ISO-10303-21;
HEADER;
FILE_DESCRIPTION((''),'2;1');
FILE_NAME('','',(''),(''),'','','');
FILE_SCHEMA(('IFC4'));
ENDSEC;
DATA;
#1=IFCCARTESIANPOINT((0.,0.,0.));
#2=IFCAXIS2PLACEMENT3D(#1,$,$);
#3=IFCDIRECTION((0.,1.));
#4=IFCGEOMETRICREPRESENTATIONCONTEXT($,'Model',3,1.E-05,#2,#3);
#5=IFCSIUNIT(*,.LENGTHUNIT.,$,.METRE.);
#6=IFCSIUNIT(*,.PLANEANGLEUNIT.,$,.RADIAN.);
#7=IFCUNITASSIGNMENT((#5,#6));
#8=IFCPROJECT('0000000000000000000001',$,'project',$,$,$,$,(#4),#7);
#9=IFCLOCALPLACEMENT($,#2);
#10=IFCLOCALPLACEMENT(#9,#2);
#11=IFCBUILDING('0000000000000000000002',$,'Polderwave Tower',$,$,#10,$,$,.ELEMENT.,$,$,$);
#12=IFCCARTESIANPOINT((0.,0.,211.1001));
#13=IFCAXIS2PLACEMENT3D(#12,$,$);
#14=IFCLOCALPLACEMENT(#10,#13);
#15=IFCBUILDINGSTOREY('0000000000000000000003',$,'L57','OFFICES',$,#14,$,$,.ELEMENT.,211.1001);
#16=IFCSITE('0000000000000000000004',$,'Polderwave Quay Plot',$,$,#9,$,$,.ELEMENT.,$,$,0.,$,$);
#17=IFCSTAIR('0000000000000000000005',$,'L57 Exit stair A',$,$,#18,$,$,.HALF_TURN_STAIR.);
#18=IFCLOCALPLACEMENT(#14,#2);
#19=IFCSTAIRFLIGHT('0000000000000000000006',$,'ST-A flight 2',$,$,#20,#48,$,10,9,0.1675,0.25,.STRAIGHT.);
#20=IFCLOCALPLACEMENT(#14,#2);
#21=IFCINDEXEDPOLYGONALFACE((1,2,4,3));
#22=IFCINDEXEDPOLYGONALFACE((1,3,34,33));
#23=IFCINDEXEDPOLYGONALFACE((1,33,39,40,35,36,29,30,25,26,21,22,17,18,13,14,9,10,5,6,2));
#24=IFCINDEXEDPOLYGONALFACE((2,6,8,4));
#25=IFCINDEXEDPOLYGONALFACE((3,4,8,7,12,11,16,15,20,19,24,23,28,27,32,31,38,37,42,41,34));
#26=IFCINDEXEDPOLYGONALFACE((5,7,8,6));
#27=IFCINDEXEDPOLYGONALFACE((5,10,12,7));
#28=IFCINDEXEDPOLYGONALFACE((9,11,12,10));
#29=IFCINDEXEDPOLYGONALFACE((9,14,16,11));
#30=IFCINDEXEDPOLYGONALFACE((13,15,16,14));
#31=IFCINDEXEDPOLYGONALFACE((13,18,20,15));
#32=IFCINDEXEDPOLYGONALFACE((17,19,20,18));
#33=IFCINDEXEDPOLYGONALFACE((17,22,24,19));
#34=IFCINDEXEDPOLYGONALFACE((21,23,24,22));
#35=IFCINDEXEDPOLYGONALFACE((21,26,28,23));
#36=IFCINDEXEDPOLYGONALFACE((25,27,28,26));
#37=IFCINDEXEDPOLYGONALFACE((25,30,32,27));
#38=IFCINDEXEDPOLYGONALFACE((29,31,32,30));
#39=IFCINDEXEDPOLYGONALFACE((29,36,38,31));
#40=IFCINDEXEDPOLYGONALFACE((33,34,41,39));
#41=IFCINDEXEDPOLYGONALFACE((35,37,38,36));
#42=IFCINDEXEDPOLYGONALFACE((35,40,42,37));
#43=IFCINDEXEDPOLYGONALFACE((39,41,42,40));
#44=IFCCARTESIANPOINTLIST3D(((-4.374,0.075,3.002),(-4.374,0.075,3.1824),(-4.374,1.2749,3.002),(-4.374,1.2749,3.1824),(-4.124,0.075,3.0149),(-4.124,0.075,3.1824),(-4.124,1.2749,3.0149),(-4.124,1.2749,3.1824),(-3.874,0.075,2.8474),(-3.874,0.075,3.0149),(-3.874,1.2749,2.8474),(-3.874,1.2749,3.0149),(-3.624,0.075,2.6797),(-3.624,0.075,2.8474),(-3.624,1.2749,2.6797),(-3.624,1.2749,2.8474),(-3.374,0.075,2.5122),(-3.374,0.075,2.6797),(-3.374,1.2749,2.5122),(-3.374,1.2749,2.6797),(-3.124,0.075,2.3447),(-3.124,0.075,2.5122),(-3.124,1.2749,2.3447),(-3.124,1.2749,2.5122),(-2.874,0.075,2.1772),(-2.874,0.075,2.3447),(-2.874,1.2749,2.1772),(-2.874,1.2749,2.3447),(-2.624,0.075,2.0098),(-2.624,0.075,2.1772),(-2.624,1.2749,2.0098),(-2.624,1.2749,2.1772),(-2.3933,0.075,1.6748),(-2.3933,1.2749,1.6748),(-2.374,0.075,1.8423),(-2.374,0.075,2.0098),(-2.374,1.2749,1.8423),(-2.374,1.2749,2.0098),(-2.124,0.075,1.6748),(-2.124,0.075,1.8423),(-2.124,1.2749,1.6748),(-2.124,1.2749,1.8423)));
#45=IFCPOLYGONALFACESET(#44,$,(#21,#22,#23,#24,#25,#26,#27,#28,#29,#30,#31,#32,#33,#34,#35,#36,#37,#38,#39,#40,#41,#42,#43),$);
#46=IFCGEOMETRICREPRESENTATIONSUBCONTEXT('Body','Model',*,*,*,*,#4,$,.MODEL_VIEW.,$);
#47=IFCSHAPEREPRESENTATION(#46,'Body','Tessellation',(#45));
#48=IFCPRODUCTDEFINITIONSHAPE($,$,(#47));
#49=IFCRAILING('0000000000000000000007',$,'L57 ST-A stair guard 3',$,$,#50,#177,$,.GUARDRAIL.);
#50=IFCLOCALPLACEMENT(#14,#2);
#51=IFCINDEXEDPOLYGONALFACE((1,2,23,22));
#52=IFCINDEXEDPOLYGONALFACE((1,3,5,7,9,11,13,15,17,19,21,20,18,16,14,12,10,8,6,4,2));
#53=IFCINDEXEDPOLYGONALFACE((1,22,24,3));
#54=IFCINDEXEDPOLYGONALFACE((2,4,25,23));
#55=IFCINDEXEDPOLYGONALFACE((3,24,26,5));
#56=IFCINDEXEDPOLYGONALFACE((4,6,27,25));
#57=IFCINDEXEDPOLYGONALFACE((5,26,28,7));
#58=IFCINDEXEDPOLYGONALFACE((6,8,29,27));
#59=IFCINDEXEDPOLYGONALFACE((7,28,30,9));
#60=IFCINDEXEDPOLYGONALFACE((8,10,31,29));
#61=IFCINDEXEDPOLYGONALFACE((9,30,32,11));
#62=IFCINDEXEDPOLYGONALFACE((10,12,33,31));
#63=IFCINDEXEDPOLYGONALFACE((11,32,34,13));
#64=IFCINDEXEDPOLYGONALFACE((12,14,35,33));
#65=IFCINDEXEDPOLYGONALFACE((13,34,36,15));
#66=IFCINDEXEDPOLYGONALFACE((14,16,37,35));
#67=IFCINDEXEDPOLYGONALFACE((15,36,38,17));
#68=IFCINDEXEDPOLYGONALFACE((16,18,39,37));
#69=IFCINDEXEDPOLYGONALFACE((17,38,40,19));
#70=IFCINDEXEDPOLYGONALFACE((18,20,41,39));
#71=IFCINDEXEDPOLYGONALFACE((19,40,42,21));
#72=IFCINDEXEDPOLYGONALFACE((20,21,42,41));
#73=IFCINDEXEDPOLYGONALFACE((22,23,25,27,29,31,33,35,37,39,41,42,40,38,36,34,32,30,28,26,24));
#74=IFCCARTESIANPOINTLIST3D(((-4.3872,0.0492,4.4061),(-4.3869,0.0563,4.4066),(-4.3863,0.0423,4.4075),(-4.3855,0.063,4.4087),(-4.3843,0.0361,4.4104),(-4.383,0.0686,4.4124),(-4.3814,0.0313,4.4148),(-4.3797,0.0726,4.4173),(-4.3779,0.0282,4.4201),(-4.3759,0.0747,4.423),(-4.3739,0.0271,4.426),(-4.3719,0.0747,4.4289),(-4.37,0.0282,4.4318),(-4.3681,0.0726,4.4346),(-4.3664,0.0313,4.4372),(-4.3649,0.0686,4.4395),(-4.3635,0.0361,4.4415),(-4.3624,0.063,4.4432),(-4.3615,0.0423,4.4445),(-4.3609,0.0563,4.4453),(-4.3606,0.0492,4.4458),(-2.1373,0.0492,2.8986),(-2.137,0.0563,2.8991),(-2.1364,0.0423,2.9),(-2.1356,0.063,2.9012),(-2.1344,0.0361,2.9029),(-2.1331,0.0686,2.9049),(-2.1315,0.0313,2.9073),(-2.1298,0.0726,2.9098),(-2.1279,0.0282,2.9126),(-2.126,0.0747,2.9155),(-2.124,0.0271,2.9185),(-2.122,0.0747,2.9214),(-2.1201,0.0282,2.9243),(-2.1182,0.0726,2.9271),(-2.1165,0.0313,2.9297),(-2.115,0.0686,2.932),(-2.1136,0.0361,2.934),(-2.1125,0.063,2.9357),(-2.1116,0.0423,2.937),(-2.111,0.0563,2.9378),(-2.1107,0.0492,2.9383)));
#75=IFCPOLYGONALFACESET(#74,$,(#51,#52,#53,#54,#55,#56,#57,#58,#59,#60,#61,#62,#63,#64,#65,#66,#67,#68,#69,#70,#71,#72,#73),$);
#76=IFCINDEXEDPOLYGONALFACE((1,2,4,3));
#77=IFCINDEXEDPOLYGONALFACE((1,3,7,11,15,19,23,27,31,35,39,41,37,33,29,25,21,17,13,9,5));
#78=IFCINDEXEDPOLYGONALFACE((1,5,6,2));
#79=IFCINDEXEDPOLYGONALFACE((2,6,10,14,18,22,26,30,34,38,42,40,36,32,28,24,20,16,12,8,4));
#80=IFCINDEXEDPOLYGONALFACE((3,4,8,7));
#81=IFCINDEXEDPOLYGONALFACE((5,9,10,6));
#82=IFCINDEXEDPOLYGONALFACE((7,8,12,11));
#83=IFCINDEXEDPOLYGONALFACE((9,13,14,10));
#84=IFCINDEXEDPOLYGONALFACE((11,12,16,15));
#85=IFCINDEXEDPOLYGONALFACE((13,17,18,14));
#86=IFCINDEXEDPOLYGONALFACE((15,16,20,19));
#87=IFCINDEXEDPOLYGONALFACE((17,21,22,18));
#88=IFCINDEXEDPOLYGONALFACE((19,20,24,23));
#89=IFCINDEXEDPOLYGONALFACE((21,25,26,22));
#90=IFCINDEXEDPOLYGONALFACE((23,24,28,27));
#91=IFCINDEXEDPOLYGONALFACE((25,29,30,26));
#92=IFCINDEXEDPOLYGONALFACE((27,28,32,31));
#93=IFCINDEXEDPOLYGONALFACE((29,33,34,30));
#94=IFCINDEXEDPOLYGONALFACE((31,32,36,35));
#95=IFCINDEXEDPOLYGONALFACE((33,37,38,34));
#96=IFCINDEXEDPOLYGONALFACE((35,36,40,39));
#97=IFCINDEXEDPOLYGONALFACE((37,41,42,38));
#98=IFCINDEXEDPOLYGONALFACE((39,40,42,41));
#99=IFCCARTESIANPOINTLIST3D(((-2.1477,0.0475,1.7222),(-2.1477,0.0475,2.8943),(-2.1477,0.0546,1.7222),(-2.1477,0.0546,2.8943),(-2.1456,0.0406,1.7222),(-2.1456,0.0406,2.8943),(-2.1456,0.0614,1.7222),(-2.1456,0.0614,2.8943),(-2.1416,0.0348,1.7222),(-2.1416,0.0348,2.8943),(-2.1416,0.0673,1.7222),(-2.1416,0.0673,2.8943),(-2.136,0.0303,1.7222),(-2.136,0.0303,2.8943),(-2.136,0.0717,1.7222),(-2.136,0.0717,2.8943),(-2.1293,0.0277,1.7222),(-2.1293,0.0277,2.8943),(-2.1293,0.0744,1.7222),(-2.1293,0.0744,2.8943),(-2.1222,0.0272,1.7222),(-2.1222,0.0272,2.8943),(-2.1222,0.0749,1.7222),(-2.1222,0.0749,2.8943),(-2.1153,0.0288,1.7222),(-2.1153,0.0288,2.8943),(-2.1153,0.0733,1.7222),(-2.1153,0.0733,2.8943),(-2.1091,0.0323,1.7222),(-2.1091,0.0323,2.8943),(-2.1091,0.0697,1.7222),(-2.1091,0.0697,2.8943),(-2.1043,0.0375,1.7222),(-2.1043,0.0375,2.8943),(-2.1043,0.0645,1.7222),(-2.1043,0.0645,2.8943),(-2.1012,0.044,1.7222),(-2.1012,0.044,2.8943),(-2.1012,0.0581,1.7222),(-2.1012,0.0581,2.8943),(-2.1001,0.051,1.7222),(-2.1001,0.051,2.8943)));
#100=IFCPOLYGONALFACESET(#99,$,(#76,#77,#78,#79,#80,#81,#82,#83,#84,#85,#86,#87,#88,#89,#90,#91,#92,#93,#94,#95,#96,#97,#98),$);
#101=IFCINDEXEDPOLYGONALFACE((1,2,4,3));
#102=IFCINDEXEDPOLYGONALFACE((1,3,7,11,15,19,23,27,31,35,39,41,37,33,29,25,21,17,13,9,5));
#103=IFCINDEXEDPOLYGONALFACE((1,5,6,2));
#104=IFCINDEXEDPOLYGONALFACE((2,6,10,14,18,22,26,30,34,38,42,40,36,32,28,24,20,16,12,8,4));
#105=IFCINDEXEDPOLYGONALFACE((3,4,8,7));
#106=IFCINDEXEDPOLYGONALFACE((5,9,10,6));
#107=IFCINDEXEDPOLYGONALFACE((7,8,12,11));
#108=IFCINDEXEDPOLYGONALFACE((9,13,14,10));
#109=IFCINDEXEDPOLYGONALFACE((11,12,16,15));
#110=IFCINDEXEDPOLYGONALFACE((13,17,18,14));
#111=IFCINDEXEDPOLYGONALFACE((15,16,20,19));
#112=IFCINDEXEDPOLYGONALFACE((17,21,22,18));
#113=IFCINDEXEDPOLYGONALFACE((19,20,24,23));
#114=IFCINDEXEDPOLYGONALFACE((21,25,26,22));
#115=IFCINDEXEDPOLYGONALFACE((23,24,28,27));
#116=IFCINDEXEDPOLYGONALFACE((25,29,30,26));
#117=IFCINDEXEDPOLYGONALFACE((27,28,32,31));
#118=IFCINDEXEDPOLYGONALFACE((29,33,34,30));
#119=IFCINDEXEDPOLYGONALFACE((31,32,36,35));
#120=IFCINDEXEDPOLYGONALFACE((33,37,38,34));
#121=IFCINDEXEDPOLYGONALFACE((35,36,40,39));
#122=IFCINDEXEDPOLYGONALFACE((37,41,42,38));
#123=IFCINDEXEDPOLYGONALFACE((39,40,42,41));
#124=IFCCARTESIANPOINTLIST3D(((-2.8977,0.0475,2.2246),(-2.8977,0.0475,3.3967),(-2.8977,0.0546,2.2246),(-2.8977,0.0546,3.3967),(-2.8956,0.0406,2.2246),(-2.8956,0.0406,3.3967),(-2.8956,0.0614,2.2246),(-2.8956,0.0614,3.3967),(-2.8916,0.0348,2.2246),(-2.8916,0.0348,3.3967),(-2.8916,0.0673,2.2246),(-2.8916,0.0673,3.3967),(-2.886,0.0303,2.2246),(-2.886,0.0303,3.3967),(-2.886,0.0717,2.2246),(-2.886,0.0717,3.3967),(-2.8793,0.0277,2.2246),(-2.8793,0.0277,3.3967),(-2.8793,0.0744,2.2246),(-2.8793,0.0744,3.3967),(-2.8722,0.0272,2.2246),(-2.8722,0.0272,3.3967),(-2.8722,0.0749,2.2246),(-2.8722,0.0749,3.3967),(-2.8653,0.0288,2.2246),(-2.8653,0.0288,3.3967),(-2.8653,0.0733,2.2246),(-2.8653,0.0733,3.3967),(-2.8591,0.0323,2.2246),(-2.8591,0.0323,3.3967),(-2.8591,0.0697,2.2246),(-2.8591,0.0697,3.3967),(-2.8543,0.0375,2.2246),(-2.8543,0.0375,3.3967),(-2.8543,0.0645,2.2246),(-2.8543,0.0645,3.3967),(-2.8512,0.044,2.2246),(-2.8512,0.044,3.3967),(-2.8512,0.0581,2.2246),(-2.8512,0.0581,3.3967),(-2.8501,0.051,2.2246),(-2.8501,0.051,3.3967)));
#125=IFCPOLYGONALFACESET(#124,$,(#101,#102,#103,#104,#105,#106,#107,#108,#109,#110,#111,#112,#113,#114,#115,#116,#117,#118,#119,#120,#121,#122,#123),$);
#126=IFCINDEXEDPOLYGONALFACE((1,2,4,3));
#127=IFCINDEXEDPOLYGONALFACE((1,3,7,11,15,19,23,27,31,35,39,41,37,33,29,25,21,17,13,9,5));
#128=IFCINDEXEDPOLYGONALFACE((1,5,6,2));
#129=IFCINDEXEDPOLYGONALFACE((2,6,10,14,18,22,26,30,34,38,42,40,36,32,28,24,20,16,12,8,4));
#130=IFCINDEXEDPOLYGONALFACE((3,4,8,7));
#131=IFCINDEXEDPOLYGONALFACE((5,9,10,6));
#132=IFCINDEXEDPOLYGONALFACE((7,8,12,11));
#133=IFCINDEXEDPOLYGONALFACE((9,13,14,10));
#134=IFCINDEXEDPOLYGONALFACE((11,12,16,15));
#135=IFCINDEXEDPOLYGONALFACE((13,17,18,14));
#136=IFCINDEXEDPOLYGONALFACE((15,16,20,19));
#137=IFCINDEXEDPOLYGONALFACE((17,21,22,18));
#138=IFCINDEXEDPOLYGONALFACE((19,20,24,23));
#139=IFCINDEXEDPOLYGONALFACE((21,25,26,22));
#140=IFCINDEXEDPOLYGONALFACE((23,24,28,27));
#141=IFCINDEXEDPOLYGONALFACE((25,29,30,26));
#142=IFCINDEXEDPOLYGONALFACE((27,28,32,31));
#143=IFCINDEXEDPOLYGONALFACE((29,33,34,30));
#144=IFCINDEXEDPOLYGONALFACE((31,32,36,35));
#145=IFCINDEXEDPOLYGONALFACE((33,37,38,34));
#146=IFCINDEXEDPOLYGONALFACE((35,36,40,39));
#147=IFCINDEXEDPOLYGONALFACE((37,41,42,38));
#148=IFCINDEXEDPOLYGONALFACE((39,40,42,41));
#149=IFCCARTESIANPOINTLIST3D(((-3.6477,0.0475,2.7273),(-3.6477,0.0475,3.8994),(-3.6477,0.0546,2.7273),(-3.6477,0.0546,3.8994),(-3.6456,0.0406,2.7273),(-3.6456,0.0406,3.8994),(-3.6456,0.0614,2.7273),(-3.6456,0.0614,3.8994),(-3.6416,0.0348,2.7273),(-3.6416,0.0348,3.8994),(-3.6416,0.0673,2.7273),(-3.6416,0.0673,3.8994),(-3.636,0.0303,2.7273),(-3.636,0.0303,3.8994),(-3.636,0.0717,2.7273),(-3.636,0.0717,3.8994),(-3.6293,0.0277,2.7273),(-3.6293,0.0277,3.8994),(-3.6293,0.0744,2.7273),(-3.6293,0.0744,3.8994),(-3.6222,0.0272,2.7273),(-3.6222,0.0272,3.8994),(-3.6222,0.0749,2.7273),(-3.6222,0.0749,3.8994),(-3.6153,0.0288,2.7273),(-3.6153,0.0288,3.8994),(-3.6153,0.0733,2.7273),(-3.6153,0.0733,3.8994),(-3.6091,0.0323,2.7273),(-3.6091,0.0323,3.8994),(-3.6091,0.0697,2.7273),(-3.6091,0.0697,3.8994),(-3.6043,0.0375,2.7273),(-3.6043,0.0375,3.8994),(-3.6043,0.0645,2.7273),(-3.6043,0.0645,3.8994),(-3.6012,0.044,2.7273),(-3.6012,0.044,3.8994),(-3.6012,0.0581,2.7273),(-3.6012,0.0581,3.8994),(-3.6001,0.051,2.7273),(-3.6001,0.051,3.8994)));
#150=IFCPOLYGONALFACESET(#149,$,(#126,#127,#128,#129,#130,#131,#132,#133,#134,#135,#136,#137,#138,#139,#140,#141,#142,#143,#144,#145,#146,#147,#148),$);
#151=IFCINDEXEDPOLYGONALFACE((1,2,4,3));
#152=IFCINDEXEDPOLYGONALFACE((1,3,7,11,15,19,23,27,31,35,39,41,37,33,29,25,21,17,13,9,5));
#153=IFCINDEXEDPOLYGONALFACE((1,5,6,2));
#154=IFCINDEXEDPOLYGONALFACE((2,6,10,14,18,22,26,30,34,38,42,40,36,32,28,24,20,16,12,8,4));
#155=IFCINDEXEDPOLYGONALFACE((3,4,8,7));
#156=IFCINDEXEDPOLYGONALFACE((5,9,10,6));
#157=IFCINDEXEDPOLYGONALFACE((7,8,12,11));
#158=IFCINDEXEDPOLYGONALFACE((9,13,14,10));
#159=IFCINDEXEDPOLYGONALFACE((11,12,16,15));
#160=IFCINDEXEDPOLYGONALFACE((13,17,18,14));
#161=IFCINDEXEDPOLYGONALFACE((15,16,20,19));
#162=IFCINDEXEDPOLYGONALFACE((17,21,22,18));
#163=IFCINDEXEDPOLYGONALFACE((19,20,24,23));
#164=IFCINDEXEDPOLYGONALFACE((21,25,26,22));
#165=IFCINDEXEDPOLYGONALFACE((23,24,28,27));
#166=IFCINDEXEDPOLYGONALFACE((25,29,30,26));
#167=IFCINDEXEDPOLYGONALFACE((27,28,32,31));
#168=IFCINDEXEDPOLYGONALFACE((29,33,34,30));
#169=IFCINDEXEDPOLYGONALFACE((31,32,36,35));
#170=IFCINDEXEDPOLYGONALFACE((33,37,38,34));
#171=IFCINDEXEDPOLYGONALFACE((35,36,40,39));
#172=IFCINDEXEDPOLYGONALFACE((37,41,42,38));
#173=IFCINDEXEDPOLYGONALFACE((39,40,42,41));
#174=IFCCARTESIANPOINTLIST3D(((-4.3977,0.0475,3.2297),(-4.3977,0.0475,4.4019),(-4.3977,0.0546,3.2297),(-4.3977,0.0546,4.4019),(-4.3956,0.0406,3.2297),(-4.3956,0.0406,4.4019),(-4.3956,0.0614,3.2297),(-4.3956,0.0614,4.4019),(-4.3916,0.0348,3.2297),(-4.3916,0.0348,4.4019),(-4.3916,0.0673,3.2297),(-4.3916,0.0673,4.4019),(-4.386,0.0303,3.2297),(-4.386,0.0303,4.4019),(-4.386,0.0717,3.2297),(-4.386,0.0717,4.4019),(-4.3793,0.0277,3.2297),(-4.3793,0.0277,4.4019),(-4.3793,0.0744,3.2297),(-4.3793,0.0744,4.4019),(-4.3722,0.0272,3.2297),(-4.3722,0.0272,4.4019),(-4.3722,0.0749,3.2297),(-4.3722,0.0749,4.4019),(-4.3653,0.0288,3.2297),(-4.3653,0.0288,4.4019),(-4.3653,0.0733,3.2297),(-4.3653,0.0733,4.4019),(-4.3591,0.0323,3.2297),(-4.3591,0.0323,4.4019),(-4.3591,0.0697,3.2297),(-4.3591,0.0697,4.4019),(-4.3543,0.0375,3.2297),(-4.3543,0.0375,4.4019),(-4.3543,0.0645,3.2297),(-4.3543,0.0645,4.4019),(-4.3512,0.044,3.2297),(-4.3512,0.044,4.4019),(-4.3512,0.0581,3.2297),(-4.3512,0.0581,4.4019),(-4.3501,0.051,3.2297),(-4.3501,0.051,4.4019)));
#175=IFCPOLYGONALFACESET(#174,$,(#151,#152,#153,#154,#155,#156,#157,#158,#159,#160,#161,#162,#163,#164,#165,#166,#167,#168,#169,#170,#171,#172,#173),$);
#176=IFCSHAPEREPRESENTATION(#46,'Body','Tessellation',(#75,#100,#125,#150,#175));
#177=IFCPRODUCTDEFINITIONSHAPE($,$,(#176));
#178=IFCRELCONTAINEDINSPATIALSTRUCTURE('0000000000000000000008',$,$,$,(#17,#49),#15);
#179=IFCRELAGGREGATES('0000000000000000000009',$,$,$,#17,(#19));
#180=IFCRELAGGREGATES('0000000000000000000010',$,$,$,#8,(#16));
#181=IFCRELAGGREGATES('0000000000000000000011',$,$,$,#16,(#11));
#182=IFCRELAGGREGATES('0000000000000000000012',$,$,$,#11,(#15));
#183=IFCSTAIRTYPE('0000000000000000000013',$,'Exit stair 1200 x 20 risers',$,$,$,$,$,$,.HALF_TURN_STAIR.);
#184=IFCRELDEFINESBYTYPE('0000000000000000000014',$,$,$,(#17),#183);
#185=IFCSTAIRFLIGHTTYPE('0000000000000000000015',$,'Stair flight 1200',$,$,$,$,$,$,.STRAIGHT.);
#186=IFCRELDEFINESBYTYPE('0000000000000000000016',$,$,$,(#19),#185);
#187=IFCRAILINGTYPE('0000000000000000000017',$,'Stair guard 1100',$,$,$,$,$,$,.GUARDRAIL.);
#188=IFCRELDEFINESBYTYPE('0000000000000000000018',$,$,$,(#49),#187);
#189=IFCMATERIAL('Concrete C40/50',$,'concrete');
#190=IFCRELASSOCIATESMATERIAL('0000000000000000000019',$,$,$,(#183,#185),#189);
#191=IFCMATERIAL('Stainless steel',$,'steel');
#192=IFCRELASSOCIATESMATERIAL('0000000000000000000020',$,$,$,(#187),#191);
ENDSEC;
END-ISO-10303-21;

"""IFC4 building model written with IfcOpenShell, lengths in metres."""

from ifc_helpers import new_model, si_unit, direction, frame, origin, origin_2d, place, context, subcontext, project, spatial, polyline, circle, outline, extrude, material, type_object, element, aggregate, save


model = new_model("IFC4")

# Units and contexts
model_context = context("Model", 3, precision=1e-05, world=origin(), true_north=direction((0.0, 1.0)))
body_context = subcontext(model_context, "Body", "Model", "MODEL_VIEW")
ifc_project = project(units=[si_unit("LENGTHUNIT", "METRE"), si_unit("PLANEANGLEUNIT", "RADIAN")], contexts=[model_context])

# Site, building, storey
site_placement = place(None, origin())
site = spatial("IfcSite", under=ifc_project, at=site_placement, Name="Polderwave Quay Plot", CompositionType="ELEMENT", RefElevation=0.0)
building_placement = place(site_placement, origin())
building = spatial("IfcBuilding", under=site, at=building_placement, Name="Polderwave Tower", CompositionType="ELEMENT")
storey_placement = place(building_placement, frame((0.0, 0.0, 211.1001)))
storey = spatial("IfcBuildingStorey", under=building, at=storey_placement, Name="L57", Description="OFFICES", CompositionType="ELEMENT", Elevation=211.1001)

# Shared definitions
ifc_material_1 = material(Name="Concrete C40/50", Category="concrete")

# Stair
stair_type = type_object("IfcStairType", Name="Exit stair 1200 x 20 risers", PredefinedType="HALF_TURN_STAIR", material=ifc_material_1)
stair_1_placement = place(storey_placement, origin())
stair_1 = element("IfcStair", 1, at=stair_1_placement, inside=storey, type_object=stair_type, Name="L57 Exit stair A", PredefinedType="HALF_TURN_STAIR")

# Shared definitions
ifc_material_2 = material(Name="Stainless steel", Category="steel")

# Stair flight
stair_flight_type = type_object("IfcStairFlightType", Name="Stair flight 1200", PredefinedType="STRAIGHT", material=ifc_material_1)
stair_flight_placement = place(storey_placement, frame((-2.124, 0.675, 1.6748), z_axis=(0.0, 0.0, 1.0), x_axis=(-1.0, 0.0, 0.0)))
stair_flight = element("IfcStairFlight", 2, at=stair_flight_placement, type_object=stair_flight_type, Name="ST-A flight 2", NumberOfRisers=10, NumberOfTreads=9, PredefinedType="STRAIGHT", RiserHeight=0.1675, TreadLength=0.25, context=body_context, shape_type="SweptSolid", body=[
    extrude(outline(polyline([(0.0, 0.0), (0.0, 0.1675), (0.25, 0.1675), (0.25, 0.335), (0.5, 0.335), (0.5, 0.5024), (0.75, 0.5024), (0.75, 0.6699), (1.0, 0.6699), (1.0, 0.8374), (1.25, 0.8374), (1.25, 1.0049), (1.5, 1.0049), (1.5, 1.1726), (1.75, 1.1726), (1.75, 1.3401), (2.0, 1.3401), (2.0, 1.5076), (2.25, 1.5076), (2.25, 1.675), (2.25, 1.3271), (0.2693, 0.0), (0.0, 0.0)])), frame((0.0, 0.6001, 0.0), z_axis=(0.0, -1.0, 0.0), x_axis=(1.0, 0.0, 0.0)), (0.0, 0.0, 1.0), 1.2),
])
aggregate(stair_1, [stair_flight])

# Railing
railing_type_1 = type_object("IfcRailingType", Name="Stair guard 1100", PredefinedType="GUARDRAIL", material=ifc_material_2)
railing_1_placement = place(storey_placement, frame((-2.124, 0.051, 1.7222)))
element("IfcRailing", 3, at=railing_1_placement, inside=storey, type_object=railing_type_1, Name="L57 ST-A stair guard 3", PredefinedType="GUARDRAIL", context=body_context, shape_type="SweptSolid", body=[
    extrude(circle(Radius=0.0239, at=origin_2d()), frame((0.0, 0.0, 1.1963), z_axis=(-0.830758, 0.0, 0.556633), x_axis=(0.0, -1.0, 0.0)), (0.0, 0.0, 1.0), 2.7083),
    extrude(circle(Radius=0.0239, at=origin_2d()), origin(), (0.0, 0.0, 1.0), 1.1721),
    extrude(circle(Radius=0.0239, at=origin_2d()), frame((-0.75, 0.0, 0.5024)), (0.0, 0.0, 1.0), 1.1721),
    extrude(circle(Radius=0.0239, at=origin_2d()), frame((-1.5, 0.0, 1.0051)), (0.0, 0.0, 1.0), 1.1721),
    extrude(circle(Radius=0.0239, at=origin_2d()), frame((-2.25, 0.0, 1.5076)), (0.0, 0.0, 1.0), 1.1721),
])

save(model, "model.ifc")
